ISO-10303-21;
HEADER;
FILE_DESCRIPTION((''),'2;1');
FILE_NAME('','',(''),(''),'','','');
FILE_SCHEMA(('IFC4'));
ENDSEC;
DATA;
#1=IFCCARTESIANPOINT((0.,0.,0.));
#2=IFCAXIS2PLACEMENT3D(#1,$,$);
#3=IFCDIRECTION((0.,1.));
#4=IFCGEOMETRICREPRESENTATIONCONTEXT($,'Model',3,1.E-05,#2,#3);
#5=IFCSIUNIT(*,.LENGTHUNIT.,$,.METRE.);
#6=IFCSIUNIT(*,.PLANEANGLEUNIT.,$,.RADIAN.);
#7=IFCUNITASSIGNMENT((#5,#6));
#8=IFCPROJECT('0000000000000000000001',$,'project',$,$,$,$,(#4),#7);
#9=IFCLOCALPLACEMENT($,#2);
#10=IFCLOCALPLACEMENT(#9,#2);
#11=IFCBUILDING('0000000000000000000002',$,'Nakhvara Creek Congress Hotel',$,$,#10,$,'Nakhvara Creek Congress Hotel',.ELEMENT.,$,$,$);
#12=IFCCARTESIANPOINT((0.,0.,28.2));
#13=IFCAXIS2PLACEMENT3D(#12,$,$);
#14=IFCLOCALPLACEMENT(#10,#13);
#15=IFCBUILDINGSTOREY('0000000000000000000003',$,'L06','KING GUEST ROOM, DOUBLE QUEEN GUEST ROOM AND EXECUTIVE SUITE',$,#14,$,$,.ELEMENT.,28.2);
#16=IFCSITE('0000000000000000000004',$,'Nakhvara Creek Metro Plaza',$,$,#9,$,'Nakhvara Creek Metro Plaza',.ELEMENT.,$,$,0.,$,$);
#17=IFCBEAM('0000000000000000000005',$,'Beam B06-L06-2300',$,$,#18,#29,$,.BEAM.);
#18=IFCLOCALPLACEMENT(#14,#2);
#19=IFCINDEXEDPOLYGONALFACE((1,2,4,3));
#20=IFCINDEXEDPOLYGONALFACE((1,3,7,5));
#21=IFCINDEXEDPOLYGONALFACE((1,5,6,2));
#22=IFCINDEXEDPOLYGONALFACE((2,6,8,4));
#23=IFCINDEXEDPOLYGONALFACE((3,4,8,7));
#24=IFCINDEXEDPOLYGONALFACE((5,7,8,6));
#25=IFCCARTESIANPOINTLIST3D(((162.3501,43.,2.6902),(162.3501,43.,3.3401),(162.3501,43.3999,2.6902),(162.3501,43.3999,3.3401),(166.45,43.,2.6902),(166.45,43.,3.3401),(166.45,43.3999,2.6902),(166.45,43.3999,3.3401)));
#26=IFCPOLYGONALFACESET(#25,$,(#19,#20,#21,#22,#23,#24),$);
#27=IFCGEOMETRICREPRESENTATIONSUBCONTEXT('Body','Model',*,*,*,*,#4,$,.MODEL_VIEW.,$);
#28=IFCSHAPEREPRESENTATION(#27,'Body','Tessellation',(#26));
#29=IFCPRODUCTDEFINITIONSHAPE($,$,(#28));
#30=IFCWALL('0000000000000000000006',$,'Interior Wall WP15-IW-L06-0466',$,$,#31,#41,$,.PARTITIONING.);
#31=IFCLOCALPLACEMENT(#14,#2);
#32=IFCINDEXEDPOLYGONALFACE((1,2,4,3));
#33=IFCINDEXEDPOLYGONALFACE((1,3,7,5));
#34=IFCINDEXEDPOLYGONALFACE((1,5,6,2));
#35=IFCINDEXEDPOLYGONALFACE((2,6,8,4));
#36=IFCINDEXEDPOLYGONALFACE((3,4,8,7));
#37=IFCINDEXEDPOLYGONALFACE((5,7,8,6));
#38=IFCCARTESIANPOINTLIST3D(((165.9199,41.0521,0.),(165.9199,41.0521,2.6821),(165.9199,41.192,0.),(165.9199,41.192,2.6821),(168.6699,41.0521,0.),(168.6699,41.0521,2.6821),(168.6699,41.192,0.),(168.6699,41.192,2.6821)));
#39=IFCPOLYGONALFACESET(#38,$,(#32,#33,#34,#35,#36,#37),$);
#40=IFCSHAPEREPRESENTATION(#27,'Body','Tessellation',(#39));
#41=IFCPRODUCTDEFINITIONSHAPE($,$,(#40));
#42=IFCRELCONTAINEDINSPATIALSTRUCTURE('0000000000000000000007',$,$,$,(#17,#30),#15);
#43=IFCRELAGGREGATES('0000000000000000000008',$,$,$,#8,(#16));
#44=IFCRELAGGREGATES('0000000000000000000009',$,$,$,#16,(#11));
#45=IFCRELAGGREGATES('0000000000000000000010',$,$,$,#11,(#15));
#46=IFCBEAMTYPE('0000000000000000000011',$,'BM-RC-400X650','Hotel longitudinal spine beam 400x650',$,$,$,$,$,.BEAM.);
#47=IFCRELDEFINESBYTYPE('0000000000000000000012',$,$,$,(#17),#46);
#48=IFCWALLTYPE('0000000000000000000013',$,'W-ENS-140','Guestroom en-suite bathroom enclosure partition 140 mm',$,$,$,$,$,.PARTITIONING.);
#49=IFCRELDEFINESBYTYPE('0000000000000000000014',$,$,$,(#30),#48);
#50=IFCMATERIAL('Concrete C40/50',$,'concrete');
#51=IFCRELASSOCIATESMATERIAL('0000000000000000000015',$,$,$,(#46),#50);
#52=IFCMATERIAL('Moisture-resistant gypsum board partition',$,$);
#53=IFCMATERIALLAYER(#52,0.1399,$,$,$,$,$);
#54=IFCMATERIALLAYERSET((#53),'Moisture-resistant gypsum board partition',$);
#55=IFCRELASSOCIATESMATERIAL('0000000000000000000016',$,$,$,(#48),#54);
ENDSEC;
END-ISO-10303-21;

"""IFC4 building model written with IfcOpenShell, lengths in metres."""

from ifc_helpers import new_model, si_unit, direction, frame, frame_2d, origin, origin_2d, place, context, subcontext, project, spatial, rectangle, extrude, material, layer, layer_set, material_profile, profile_set, type_object, element, save


model = new_model("IFC4")

# Units and contexts
model_context = context("Model", 3, precision=1e-05, world=origin(), true_north=direction((0.0, 1.0)))
body_context = subcontext(model_context, "Body", "Model", "MODEL_VIEW")
ifc_project = project(units=[si_unit("LENGTHUNIT", "METRE"), si_unit("PLANEANGLEUNIT", "RADIAN")], contexts=[model_context])

# Site, building, storey
site_placement = place(None, origin())
site = spatial("IfcSite", under=ifc_project, at=site_placement, Name="Nakhvara Creek Metro Plaza", LongName="Nakhvara Creek Metro Plaza", CompositionType="ELEMENT", RefElevation=0.0)
building_placement = place(site_placement, origin())
building = spatial("IfcBuilding", under=site, at=building_placement, Name="Nakhvara Creek Congress Hotel", LongName="Nakhvara Creek Congress Hotel", CompositionType="ELEMENT")
storey_placement = place(building_placement, frame((0.0, 0.0, 28.2)))
storey = spatial("IfcBuildingStorey", under=building, at=storey_placement, Name="L06", Description="KING GUEST ROOM, DOUBLE QUEEN GUEST ROOM AND EXECUTIVE SUITE", CompositionType="ELEMENT", Elevation=28.2)

# Beam
ifc_material_1 = material(Name="Concrete C40/50", Category="concrete")
ifc_material_profile = material_profile(ifc_material_1, rectangle(XDim=0.3999, YDim=0.6499, at=origin_2d()), Name="RC-BM 400x650", Category="LoadBearing")
ifc_profile_set = profile_set([ifc_material_profile], Name="Concrete C40/50")
beam_type = type_object("IfcBeamType", Name="BM-RC-400X650", Description="Hotel longitudinal spine beam 400x650", PredefinedType="BEAM", material=ifc_profile_set)
beam_placement = place(storey_placement, frame((162.3501, 43.2, 3.0151), z_axis=(1.0, 0.0, 0.0), x_axis=(0.0, 1.0, 0.0)))
element("IfcBeam", 1, at=beam_placement, inside=storey, type_object=beam_type, Name="Beam B06-L06-2300", PredefinedType="BEAM", context=body_context, shape_type="SweptSolid", body=[
    extrude(rectangle(XDim=0.3999, YDim=0.6499, at=origin_2d()), origin(), (0.0, 0.0, 1.0), 4.0999),
])

# Wall
ifc_material_2 = material(Name="Moisture-resistant gypsum board partition")
ifc_layer_1 = layer(ifc_material_2, 0.1399)
ifc_layer_set_1 = layer_set([ifc_layer_1], Name="Moisture-resistant gypsum board partition")
wall_type_1 = type_object("IfcWallType", Name="W-ENS-140", Description="Guestroom en-suite bathroom enclosure partition 140 mm", PredefinedType="PARTITIONING", material=ifc_layer_set_1)
wall_1_placement = place(storey_placement, frame((165.9199, 41.1221, 0.0), z_axis=(0.0, 0.0, 1.0), x_axis=(1.0, 0.0, 0.0)))
element("IfcWall", 2, at=wall_1_placement, inside=storey, type_object=wall_type_1, Name="Interior Wall WP15-IW-L06-0466", PredefinedType="PARTITIONING", context=body_context, shape_type="SweptSolid", body=[
    extrude(rectangle(XDim=2.75, YDim=0.1399, at=frame_2d((1.375, 0.0))), origin(), (0.0, 0.0, 1.0), 2.6821),
])

save(model, "model.ifc")
